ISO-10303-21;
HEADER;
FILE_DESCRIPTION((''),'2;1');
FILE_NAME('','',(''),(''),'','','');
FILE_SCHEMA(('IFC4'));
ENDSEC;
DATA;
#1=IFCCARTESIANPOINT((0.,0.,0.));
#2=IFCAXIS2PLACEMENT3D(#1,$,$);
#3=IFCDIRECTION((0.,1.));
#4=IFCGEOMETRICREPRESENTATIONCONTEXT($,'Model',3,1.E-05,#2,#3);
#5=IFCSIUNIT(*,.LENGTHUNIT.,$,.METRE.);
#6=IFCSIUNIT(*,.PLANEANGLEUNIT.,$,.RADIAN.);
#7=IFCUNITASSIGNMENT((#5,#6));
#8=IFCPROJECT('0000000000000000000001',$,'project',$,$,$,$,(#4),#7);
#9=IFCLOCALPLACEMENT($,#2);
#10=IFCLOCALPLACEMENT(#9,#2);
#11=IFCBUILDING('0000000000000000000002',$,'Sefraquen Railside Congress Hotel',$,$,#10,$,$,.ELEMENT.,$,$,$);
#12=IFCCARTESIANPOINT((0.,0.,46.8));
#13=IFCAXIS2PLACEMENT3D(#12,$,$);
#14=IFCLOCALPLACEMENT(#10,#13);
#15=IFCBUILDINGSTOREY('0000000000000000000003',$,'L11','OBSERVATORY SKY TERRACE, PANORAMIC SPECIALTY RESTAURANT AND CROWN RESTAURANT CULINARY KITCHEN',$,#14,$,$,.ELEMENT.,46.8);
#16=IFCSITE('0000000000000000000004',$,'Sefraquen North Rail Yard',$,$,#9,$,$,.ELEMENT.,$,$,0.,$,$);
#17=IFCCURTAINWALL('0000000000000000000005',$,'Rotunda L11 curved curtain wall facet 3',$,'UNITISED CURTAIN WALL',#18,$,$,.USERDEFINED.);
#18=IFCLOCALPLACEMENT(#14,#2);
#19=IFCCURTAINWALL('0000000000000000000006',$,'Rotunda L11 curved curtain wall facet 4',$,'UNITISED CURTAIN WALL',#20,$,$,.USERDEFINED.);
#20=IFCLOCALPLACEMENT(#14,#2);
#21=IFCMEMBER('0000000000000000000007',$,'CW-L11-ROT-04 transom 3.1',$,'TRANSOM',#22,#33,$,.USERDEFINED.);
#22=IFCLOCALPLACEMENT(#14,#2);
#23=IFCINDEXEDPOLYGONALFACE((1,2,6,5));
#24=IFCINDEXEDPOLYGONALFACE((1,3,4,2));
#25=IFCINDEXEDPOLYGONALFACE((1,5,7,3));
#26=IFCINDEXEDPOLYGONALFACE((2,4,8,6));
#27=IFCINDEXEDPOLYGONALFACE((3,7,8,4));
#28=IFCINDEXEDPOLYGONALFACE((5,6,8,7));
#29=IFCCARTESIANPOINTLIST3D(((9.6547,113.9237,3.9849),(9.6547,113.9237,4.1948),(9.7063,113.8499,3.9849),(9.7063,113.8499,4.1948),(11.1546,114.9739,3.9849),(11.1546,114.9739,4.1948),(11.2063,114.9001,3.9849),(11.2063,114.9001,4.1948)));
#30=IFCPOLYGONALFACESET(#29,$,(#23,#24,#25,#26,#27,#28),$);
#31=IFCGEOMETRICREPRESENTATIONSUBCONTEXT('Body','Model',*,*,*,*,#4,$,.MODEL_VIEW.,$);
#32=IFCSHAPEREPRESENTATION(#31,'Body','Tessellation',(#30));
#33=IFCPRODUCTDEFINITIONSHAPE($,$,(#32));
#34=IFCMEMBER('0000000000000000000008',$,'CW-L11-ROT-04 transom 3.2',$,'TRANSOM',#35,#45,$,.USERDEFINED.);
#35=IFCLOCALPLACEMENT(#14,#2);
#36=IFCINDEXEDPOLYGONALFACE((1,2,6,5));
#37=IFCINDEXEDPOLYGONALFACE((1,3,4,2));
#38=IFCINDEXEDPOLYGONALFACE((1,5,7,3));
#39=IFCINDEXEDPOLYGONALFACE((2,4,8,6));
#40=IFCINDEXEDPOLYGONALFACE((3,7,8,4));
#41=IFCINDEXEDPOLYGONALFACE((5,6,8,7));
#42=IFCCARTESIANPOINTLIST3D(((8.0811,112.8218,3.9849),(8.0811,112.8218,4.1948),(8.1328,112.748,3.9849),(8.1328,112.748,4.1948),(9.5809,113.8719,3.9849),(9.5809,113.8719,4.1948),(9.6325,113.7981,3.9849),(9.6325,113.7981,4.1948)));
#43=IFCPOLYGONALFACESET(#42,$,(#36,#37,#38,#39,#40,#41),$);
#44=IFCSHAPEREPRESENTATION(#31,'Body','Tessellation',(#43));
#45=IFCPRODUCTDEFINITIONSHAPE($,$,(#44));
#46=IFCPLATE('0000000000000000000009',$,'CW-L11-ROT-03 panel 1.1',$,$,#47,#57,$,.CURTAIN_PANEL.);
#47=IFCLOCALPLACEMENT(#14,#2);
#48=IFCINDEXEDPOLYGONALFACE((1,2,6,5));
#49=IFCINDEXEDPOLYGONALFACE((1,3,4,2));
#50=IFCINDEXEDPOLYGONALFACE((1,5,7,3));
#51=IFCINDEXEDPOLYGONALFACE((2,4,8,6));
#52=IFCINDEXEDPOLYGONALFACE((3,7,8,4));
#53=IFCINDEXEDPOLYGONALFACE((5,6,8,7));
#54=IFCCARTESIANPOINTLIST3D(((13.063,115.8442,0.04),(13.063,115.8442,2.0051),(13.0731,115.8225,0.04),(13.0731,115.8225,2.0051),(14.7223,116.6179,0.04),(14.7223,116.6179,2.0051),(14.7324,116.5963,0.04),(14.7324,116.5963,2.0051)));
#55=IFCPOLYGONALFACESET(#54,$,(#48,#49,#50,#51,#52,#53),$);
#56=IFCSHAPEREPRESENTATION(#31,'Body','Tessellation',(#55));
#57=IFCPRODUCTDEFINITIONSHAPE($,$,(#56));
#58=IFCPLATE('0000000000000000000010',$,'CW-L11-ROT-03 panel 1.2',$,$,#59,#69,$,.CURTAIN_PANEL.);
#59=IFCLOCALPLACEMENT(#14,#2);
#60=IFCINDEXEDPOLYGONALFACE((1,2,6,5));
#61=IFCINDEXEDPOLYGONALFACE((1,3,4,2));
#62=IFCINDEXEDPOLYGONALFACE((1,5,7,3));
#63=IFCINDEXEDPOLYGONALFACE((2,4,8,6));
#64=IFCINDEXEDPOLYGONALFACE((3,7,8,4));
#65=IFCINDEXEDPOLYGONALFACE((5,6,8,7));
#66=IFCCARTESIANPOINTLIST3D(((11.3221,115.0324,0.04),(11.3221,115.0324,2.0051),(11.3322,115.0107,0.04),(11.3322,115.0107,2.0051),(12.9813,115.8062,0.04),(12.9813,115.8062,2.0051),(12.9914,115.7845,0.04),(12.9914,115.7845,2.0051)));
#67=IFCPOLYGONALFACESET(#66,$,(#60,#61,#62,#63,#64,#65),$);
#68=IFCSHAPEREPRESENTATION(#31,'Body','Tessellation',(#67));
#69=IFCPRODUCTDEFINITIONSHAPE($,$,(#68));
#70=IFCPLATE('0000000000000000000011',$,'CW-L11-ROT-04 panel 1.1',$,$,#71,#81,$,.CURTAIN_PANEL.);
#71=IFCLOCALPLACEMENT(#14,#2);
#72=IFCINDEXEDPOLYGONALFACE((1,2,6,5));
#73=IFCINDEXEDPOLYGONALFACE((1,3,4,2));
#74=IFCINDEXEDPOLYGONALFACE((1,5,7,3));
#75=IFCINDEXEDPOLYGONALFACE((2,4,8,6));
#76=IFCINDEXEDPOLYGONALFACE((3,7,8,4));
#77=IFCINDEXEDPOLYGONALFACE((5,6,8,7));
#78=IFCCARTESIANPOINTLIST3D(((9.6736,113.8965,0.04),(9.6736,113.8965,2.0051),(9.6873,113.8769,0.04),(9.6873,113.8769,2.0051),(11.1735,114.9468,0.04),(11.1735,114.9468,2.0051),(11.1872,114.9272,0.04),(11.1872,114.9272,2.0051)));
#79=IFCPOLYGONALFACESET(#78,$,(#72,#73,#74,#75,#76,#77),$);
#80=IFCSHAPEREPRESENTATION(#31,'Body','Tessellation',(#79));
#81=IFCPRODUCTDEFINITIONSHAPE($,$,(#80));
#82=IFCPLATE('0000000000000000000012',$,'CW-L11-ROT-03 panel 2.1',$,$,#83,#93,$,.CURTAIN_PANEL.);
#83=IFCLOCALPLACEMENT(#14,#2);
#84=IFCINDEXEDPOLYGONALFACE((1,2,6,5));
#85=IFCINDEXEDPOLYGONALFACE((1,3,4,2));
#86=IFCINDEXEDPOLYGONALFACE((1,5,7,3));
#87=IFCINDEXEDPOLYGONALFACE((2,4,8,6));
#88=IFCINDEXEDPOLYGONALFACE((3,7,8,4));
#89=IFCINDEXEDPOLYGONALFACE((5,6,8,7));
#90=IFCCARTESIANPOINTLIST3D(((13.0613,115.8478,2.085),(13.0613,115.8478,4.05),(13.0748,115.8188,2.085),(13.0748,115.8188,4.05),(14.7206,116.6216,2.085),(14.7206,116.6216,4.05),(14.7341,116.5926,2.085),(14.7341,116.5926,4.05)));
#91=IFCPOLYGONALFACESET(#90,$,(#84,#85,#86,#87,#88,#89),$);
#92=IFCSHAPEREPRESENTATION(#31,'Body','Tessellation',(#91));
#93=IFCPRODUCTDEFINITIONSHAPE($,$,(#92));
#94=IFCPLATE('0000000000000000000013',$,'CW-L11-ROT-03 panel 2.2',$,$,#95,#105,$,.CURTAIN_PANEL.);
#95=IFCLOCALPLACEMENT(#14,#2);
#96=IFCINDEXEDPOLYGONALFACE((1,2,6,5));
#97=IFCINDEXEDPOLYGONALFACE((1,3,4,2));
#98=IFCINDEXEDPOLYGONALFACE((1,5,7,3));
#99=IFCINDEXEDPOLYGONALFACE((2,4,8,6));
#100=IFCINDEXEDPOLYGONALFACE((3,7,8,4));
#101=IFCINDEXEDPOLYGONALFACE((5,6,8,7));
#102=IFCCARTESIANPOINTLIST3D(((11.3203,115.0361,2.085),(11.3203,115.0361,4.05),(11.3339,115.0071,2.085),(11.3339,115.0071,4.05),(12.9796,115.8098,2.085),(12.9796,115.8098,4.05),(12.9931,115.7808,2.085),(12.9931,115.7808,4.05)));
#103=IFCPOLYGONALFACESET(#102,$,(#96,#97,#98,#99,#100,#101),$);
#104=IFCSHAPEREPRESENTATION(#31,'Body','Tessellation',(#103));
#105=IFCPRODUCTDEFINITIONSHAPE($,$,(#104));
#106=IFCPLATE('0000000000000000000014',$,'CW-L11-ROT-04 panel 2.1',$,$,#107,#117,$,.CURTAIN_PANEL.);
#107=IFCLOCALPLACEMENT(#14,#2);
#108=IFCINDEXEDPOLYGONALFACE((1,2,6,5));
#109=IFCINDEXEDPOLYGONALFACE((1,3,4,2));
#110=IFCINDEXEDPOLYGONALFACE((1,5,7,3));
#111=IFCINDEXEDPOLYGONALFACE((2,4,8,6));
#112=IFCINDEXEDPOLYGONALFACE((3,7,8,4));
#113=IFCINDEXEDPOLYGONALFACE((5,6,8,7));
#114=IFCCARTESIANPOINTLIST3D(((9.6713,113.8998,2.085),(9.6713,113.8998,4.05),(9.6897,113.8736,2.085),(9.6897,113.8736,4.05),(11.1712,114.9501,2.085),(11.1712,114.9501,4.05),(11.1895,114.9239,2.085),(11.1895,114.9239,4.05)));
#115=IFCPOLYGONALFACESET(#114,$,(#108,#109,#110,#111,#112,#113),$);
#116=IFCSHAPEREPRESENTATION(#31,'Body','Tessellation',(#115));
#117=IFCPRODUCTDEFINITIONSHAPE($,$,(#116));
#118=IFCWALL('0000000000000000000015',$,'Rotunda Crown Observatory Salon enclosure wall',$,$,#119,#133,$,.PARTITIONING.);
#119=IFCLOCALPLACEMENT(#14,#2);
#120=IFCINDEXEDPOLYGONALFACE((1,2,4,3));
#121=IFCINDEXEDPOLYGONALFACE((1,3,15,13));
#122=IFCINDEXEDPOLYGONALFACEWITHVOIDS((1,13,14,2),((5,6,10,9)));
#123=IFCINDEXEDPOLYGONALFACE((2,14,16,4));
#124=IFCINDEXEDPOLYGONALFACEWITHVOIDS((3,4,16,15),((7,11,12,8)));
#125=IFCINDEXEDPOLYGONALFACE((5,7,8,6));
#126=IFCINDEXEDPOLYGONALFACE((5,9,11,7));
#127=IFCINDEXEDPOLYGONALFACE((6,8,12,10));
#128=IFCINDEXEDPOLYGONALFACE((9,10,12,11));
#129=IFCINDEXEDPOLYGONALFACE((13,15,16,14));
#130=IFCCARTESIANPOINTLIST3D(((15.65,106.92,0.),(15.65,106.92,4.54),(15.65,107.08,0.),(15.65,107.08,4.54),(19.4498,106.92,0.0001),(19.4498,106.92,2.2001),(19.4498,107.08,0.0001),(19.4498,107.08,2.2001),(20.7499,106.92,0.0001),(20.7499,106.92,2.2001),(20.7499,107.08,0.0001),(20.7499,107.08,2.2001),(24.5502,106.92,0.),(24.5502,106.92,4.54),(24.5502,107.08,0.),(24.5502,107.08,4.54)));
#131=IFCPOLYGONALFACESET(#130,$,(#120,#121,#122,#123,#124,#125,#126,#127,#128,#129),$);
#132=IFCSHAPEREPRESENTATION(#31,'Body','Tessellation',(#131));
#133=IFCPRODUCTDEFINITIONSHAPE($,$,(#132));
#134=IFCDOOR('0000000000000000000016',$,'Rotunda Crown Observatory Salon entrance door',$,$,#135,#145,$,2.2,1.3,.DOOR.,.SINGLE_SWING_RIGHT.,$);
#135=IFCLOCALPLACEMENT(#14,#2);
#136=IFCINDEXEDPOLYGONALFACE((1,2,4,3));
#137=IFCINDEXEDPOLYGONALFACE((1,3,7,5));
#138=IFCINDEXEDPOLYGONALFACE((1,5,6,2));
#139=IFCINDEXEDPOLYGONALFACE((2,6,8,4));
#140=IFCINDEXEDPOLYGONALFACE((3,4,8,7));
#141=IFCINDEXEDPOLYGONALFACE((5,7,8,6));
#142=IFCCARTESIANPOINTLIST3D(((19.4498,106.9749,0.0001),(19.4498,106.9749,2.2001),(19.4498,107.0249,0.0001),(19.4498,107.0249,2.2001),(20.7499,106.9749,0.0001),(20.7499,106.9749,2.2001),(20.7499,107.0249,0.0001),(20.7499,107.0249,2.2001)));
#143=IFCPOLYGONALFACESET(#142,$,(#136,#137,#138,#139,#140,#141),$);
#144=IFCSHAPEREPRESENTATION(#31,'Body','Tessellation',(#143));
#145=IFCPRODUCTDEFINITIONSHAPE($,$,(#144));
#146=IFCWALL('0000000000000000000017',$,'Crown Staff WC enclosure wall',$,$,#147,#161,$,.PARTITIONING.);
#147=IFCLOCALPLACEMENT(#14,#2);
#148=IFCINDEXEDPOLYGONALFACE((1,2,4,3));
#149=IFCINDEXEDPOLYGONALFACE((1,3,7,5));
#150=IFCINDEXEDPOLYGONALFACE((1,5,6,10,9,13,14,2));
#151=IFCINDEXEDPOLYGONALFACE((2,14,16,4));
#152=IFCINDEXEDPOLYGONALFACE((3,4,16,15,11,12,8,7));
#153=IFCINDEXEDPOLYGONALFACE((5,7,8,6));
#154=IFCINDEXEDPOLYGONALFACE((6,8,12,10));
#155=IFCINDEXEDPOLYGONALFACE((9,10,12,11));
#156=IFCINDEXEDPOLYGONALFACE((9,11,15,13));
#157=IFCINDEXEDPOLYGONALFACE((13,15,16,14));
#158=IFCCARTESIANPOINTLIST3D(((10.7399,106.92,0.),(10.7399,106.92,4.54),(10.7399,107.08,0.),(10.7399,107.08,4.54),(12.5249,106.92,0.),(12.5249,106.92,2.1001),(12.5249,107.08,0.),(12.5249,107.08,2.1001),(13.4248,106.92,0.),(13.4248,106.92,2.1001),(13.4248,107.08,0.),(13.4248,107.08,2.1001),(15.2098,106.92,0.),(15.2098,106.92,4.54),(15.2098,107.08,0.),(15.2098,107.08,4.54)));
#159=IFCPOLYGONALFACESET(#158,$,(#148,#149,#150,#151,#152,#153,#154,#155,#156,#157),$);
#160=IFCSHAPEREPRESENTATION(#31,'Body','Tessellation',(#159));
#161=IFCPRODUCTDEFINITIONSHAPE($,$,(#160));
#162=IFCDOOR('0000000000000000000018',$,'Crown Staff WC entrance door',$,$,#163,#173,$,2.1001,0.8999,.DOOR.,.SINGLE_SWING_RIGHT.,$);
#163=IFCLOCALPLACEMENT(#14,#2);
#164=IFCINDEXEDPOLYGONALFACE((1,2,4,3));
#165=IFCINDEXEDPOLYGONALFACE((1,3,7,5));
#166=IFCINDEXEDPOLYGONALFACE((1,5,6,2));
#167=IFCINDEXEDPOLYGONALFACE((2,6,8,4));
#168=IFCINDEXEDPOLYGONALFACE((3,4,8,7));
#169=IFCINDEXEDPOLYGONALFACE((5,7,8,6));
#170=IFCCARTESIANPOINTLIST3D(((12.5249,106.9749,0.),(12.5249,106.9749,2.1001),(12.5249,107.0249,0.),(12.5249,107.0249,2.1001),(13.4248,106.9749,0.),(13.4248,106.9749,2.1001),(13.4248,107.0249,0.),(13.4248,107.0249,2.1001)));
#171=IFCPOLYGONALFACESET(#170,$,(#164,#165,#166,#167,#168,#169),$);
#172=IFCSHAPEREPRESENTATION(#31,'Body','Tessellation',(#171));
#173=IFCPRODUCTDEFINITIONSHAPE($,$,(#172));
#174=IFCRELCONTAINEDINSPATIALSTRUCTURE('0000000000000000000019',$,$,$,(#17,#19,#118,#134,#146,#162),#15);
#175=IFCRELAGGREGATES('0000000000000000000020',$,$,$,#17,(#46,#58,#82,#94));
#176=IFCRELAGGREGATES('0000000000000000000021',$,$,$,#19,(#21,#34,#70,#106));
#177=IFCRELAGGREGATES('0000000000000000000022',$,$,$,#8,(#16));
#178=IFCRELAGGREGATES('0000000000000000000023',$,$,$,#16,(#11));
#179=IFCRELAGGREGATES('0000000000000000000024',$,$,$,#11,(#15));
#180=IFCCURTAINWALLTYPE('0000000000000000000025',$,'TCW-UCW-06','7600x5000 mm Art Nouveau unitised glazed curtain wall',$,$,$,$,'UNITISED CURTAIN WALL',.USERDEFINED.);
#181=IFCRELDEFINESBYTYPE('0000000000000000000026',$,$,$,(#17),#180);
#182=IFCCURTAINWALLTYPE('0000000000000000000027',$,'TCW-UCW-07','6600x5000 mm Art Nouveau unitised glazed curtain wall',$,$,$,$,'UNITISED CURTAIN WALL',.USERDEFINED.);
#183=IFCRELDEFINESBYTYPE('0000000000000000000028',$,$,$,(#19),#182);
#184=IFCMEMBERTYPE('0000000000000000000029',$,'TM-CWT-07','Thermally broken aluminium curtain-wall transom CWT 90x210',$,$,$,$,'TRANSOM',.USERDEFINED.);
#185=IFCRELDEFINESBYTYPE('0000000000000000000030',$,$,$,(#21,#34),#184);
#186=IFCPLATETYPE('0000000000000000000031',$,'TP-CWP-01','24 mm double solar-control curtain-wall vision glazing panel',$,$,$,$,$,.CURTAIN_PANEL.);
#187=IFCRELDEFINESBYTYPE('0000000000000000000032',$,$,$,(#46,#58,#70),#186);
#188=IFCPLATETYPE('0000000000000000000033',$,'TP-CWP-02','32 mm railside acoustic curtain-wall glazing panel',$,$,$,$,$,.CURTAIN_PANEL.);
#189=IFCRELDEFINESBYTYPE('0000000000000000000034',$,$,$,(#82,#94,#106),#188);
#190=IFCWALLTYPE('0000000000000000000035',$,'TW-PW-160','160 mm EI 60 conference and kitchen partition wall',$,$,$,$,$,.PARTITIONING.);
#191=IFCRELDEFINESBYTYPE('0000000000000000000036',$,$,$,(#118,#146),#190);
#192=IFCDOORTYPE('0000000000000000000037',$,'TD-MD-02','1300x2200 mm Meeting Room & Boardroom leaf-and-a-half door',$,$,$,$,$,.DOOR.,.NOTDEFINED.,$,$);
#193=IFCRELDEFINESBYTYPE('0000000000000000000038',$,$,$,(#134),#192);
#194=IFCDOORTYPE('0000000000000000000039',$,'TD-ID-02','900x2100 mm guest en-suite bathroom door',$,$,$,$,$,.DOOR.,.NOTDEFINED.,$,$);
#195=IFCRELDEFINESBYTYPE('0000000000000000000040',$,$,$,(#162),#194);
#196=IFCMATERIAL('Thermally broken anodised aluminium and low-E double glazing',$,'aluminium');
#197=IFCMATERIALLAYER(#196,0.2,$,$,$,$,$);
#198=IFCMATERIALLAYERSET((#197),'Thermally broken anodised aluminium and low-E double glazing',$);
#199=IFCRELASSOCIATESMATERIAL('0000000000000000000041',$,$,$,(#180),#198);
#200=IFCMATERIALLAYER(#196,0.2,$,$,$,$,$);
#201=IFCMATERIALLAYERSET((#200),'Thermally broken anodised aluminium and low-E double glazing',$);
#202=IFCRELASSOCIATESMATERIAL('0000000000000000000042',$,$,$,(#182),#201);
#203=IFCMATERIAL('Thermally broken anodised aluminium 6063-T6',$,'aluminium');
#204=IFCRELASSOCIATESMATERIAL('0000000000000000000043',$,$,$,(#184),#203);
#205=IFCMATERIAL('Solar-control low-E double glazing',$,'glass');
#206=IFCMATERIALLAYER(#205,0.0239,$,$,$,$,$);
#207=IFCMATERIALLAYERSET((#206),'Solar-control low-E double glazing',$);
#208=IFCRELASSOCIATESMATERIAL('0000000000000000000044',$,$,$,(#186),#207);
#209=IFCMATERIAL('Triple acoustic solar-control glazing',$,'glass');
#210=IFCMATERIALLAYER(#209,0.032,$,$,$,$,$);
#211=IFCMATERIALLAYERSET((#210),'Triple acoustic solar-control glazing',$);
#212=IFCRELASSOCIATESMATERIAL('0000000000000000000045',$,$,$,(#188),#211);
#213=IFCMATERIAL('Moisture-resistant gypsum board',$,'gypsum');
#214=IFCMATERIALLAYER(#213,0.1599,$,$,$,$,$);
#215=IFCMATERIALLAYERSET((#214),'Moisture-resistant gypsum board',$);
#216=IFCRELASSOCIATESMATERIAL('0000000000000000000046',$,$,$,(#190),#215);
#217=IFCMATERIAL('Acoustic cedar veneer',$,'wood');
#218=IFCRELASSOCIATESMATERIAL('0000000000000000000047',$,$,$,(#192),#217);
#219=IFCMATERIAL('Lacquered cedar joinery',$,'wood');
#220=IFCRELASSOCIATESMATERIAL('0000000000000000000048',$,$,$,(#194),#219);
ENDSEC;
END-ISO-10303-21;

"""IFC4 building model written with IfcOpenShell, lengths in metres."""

from ifc_helpers import new_model, si_unit, direction, frame, frame_2d, origin, origin_2d, place, context, subcontext, project, spatial, rectangle, extrude, material, layer, layer_set, material_profile, profile_set, type_object, element, fill, aggregate, save


model = new_model("IFC4")

# Units and contexts
model_context = context("Model", 3, precision=1e-05, world=origin(), true_north=direction((0.0, 1.0)))
body_context = subcontext(model_context, "Body", "Model", "MODEL_VIEW")
ifc_project = project(units=[si_unit("LENGTHUNIT", "METRE"), si_unit("PLANEANGLEUNIT", "RADIAN")], contexts=[model_context])

# Site, building, storey
site_placement = place(None, origin())
site = spatial("IfcSite", under=ifc_project, at=site_placement, Name="Sefraquen North Rail Yard", CompositionType="ELEMENT", RefElevation=0.0)
building_placement = place(site_placement, origin())
building = spatial("IfcBuilding", under=site, at=building_placement, Name="Sefraquen Railside Congress Hotel", CompositionType="ELEMENT")
storey_placement = place(building_placement, frame((0.0, 0.0, 46.8)))
storey = spatial("IfcBuildingStorey", under=building, at=storey_placement, Name="L11", Description="OBSERVATORY SKY TERRACE, PANORAMIC SPECIALTY RESTAURANT AND CROWN RESTAURANT CULINARY KITCHEN", CompositionType="ELEMENT", Elevation=46.8)

# Curtain walls
ifc_material_1 = material(Name="Thermally broken anodised aluminium and low-E double glazing", Category="aluminium")
ifc_layer_1 = layer(ifc_material_1, 0.2)
ifc_layer_set_1 = layer_set([ifc_layer_1], Name="Thermally broken anodised aluminium and low-E double glazing")
curtain_wall_type_1 = type_object("IfcCurtainWallType", Name="TCW-UCW-06", Description="7600x5000 mm Art Nouveau unitised glazed curtain wall", ElementType="UNITISED CURTAIN WALL", PredefinedType="USERDEFINED", material=ifc_layer_set_1)
curtain_wall_1_placement = place(storey_placement, origin())
curtain_wall_1 = element("IfcCurtainWall", 1, at=curtain_wall_1_placement, inside=storey, type_object=curtain_wall_type_1, Name="Rotunda L11 curved curtain wall facet 3", ObjectType="UNITISED CURTAIN WALL", PredefinedType="USERDEFINED")
ifc_material_2 = material(Name="Thermally broken anodised aluminium 6063-T6", Category="aluminium")
ifc_layer_2 = layer(ifc_material_1, 0.2)
ifc_layer_set_2 = layer_set([ifc_layer_2], Name="Thermally broken anodised aluminium and low-E double glazing")
curtain_wall_type_2 = type_object("IfcCurtainWallType", Name="TCW-UCW-07", Description="6600x5000 mm Art Nouveau unitised glazed curtain wall", ElementType="UNITISED CURTAIN WALL", PredefinedType="USERDEFINED", material=ifc_layer_set_2)
curtain_wall_2_placement = place(storey_placement, origin())
curtain_wall_2 = element("IfcCurtainWall", 2, at=curtain_wall_2_placement, inside=storey, type_object=curtain_wall_type_2, Name="Rotunda L11 curved curtain wall facet 4", ObjectType="UNITISED CURTAIN WALL", PredefinedType="USERDEFINED")

# Members
ifc_material_profile_1 = material_profile(ifc_material_2, rectangle(XDim=0.0901, YDim=0.21, at=origin_2d()), Name="CWT 90x210")
ifc_profile_set_1 = profile_set([ifc_material_profile_1], Name="Thermally broken anodised aluminium 6063-T6")
member_type_1 = type_object("IfcMemberType", Name="TM-CWT-07", Description="Thermally broken aluminium curtain-wall transom CWT 90x210", ElementType="TRANSOM", PredefinedType="USERDEFINED", material=ifc_profile_set_1)
member_1_placement = place(storey_placement, frame((11.1804, 114.937, 4.0898), z_axis=(-0.819157, -0.57357, 0.0), x_axis=(0.57357, -0.819157, 0.0)))
member_1 = element("IfcMember", 3, at=member_1_placement, type_object=member_type_1, Name="CW-L11-ROT-04 transom 3.1", ObjectType="TRANSOM", PredefinedType="USERDEFINED", context=body_context, shape_type="SweptSolid", body=[
    extrude(rectangle(XDim=0.0901, YDim=0.21, at=origin_2d()), origin(), (0.0, 0.0, 1.0), 1.8311),
])
member_2_placement = place(storey_placement, frame((9.6067, 113.835, 4.0898), z_axis=(-0.819176, -0.573543, 0.0), x_axis=(0.573543, -0.819176, 0.0)))
member_2 = element("IfcMember", 4, at=member_2_placement, type_object=member_type_1, Name="CW-L11-ROT-04 transom 3.2", ObjectType="TRANSOM", PredefinedType="USERDEFINED", context=body_context, shape_type="SweptSolid", body=[
    extrude(rectangle(XDim=0.0901, YDim=0.21, at=origin_2d()), origin(), (0.0, 0.0, 1.0), 1.8308),
])

# Plates
ifc_material_3 = material(Name="Solar-control low-E double glazing", Category="glass")
ifc_layer_3 = layer(ifc_material_3, 0.0239)
ifc_layer_set_3 = layer_set([ifc_layer_3], Name="Solar-control low-E double glazing")
plate_type_1 = type_object("IfcPlateType", Name="TP-CWP-01", Description="24 mm double solar-control curtain-wall vision glazing panel", PredefinedType="CURTAIN_PANEL", material=ifc_layer_set_3)
plate_1_placement = place(storey_placement, frame((13.8977, 116.2202, 0.04), z_axis=(0.0, 0.0, 1.0), x_axis=(-0.9063, -0.422634, 0.0)))
plate_1 = element("IfcPlate", 5, at=plate_1_placement, type_object=plate_type_1, Name="CW-L11-ROT-03 panel 1.1", PredefinedType="CURTAIN_PANEL", context=body_context, shape_type="SweptSolid", body=[
    extrude(rectangle(XDim=1.8308, YDim=0.0239, at=origin_2d()), origin(), (0.0, 0.0, 1.0), 1.9651),
])
plate_2_placement = place(storey_placement, frame((12.1567, 115.4084, 0.04), z_axis=(0.0, 0.0, 1.0), x_axis=(-0.9063, -0.422634, 0.0)))
plate_2 = element("IfcPlate", 6, at=plate_2_placement, type_object=plate_type_1, Name="CW-L11-ROT-03 panel 1.2", PredefinedType="CURTAIN_PANEL", context=body_context, shape_type="SweptSolid", body=[
    extrude(rectangle(XDim=1.8308, YDim=0.0239, at=origin_2d()), origin(), (0.0, 0.0, 1.0), 1.9651),
])
plate_3_placement = place(storey_placement, frame((10.4304, 114.4119, 0.04), z_axis=(0.0, 0.0, 1.0), x_axis=(-0.819132, -0.573605, 0.0)))
plate_3 = element("IfcPlate", 7, at=plate_3_placement, type_object=plate_type_1, Name="CW-L11-ROT-04 panel 1.1", PredefinedType="CURTAIN_PANEL", context=body_context, shape_type="SweptSolid", body=[
    extrude(rectangle(XDim=1.8311, YDim=0.0239, at=origin_2d()), origin(), (0.0, 0.0, 1.0), 1.9651),
])
ifc_material_4 = material(Name="Triple acoustic solar-control glazing", Category="glass")
ifc_layer_4 = layer(ifc_material_4, 0.032)
ifc_layer_set_4 = layer_set([ifc_layer_4], Name="Triple acoustic solar-control glazing")
plate_type_2 = type_object("IfcPlateType", Name="TP-CWP-02", Description="32 mm railside acoustic curtain-wall glazing panel", PredefinedType="CURTAIN_PANEL", material=ifc_layer_set_4)
plate_4_placement = place(storey_placement, frame((13.8977, 116.2202, 2.085), z_axis=(0.0, 0.0, 1.0), x_axis=(-0.9063, -0.422634, 0.0)))
plate_4 = element("IfcPlate", 8, at=plate_4_placement, type_object=plate_type_2, Name="CW-L11-ROT-03 panel 2.1", PredefinedType="CURTAIN_PANEL", context=body_context, shape_type="SweptSolid", body=[
    extrude(rectangle(XDim=1.8308, YDim=0.032, at=origin_2d()), origin(), (0.0, 0.0, 1.0), 1.9651),
])
plate_5_placement = place(storey_placement, frame((12.1567, 115.4084, 2.085), z_axis=(0.0, 0.0, 1.0), x_axis=(-0.9063, -0.422634, 0.0)))
plate_5 = element("IfcPlate", 9, at=plate_5_placement, type_object=plate_type_2, Name="CW-L11-ROT-03 panel 2.2", PredefinedType="CURTAIN_PANEL", context=body_context, shape_type="SweptSolid", body=[
    extrude(rectangle(XDim=1.8308, YDim=0.032, at=origin_2d()), origin(), (0.0, 0.0, 1.0), 1.9651),
])
aggregate(curtain_wall_1, [plate_1, plate_2, plate_4, plate_5])
plate_6_placement = place(storey_placement, frame((10.4304, 114.4119, 2.085), z_axis=(0.0, 0.0, 1.0), x_axis=(-0.819132, -0.573605, 0.0)))
plate_6 = element("IfcPlate", 10, at=plate_6_placement, type_object=plate_type_2, Name="CW-L11-ROT-04 panel 2.1", PredefinedType="CURTAIN_PANEL", context=body_context, shape_type="SweptSolid", body=[
    extrude(rectangle(XDim=1.8311, YDim=0.032, at=origin_2d()), origin(), (0.0, 0.0, 1.0), 1.9651),
])
aggregate(curtain_wall_2, [member_1, member_2, plate_3, plate_6])

# Walls, openings, doors
ifc_material_5 = material(Name="Moisture-resistant gypsum board", Category="gypsum")
ifc_layer_5 = layer(ifc_material_5, 0.1599)
ifc_layer_set_5 = layer_set([ifc_layer_5], Name="Moisture-resistant gypsum board")
wall_type = type_object("IfcWallType", Name="TW-PW-160", Description="160 mm EI 60 conference and kitchen partition wall", PredefinedType="PARTITIONING", material=ifc_layer_set_5)
wall_1_placement = place(storey_placement, frame((15.6499, 107.0, 0.0), z_axis=(0.0, 0.0, 1.0), x_axis=(1.0, 0.0, 0.0)))
wall_1 = element("IfcWall", 11, at=wall_1_placement, inside=storey, type_object=wall_type, Name="Rotunda Crown Observatory Salon enclosure wall", PredefinedType="PARTITIONING", context=body_context, shape_type="SweptSolid", body=[
    extrude(rectangle(XDim=8.9001, YDim=0.1599, at=frame_2d((4.4502, 0.0))), origin(), (0.0, 0.0, 1.0), 4.54),
])
opening_1_placement = place(wall_1_placement, frame((3.8, 0.0, 0.0)))
opening_1 = element("IfcOpeningElement", 12, at=opening_1_placement, cuts=wall_1, PredefinedType="OPENING", context=body_context, shape_type="SweptSolid", body=[
    extrude(rectangle(XDim=1.3, YDim=2.2, at=frame_2d((0.6499, 1.1001))), frame((0.0, 0.0898, 0.0), z_axis=(0.0, -1.0, 0.0), x_axis=(1.0, 0.0, 0.0)), (0.0, 0.0, 1.0), 0.1799),
])
ifc_material_6 = material(Name="Acoustic cedar veneer", Category="wood")
door_type_1 = type_object("IfcDoorType", Name="TD-MD-02", Description="1300x2200 mm Meeting Room & Boardroom leaf-and-a-half door", OperationType="NOTDEFINED", PredefinedType="DOOR", material=ifc_material_6)
door_1_placement = place(opening_1_placement, origin())
door_1 = element("IfcDoor", 13, at=door_1_placement, inside=storey, type_object=door_type_1, Name="Rotunda Crown Observatory Salon entrance door", OperationType="SINGLE_SWING_RIGHT", OverallHeight=2.2, OverallWidth=1.3, PredefinedType="DOOR", context=body_context, shape_type="SweptSolid", body=[
    extrude(rectangle(XDim=1.3, YDim=2.2, at=frame_2d((0.6499, 1.1001))), frame((0.0, 0.0249, 0.0), z_axis=(0.0, -1.0, 0.0), x_axis=(1.0, 0.0, 0.0)), (0.0, 0.0, 1.0), 0.05),
])
fill(opening_1, door_1)
wall_2_placement = place(storey_placement, frame((10.74, 107.0, 0.0), z_axis=(0.0, 0.0, 1.0), x_axis=(1.0, 0.0, 0.0)))
wall_2 = element("IfcWall", 14, at=wall_2_placement, inside=storey, type_object=wall_type, Name="Crown Staff WC enclosure wall", PredefinedType="PARTITIONING", context=body_context, shape_type="SweptSolid", body=[
    extrude(rectangle(XDim=4.47, YDim=0.1599, at=frame_2d((2.2349, 0.0))), origin(), (0.0, 0.0, 1.0), 4.54),
])
opening_2_placement = place(wall_2_placement, frame((1.7849, 0.0, 0.0)))
opening_2 = element("IfcOpeningElement", 15, at=opening_2_placement, cuts=wall_2, PredefinedType="OPENING", context=body_context, shape_type="SweptSolid", body=[
    extrude(rectangle(XDim=0.8999, YDim=2.1001, at=frame_2d((0.45, 1.05))), frame((0.0, 0.0898, 0.0), z_axis=(0.0, -1.0, 0.0), x_axis=(1.0, 0.0, 0.0)), (0.0, 0.0, 1.0), 0.1799),
])
ifc_material_7 = material(Name="Lacquered cedar joinery", Category="wood")
door_type_2 = type_object("IfcDoorType", Name="TD-ID-02", Description="900x2100 mm guest en-suite bathroom door", OperationType="NOTDEFINED", PredefinedType="DOOR", material=ifc_material_7)
door_2_placement = place(opening_2_placement, origin())
door_2 = element("IfcDoor", 16, at=door_2_placement, inside=storey, type_object=door_type_2, Name="Crown Staff WC entrance door", OperationType="SINGLE_SWING_RIGHT", OverallHeight=2.1001, OverallWidth=0.8999, PredefinedType="DOOR", context=body_context, shape_type="SweptSolid", body=[
    extrude(rectangle(XDim=0.8999, YDim=2.1001, at=frame_2d((0.45, 1.05))), frame((0.0, 0.0249, 0.0), z_axis=(0.0, -1.0, 0.0), x_axis=(1.0, 0.0, 0.0)), (0.0, 0.0, 1.0), 0.05),
])
fill(opening_2, door_2)

save(model, "model.ifc")
